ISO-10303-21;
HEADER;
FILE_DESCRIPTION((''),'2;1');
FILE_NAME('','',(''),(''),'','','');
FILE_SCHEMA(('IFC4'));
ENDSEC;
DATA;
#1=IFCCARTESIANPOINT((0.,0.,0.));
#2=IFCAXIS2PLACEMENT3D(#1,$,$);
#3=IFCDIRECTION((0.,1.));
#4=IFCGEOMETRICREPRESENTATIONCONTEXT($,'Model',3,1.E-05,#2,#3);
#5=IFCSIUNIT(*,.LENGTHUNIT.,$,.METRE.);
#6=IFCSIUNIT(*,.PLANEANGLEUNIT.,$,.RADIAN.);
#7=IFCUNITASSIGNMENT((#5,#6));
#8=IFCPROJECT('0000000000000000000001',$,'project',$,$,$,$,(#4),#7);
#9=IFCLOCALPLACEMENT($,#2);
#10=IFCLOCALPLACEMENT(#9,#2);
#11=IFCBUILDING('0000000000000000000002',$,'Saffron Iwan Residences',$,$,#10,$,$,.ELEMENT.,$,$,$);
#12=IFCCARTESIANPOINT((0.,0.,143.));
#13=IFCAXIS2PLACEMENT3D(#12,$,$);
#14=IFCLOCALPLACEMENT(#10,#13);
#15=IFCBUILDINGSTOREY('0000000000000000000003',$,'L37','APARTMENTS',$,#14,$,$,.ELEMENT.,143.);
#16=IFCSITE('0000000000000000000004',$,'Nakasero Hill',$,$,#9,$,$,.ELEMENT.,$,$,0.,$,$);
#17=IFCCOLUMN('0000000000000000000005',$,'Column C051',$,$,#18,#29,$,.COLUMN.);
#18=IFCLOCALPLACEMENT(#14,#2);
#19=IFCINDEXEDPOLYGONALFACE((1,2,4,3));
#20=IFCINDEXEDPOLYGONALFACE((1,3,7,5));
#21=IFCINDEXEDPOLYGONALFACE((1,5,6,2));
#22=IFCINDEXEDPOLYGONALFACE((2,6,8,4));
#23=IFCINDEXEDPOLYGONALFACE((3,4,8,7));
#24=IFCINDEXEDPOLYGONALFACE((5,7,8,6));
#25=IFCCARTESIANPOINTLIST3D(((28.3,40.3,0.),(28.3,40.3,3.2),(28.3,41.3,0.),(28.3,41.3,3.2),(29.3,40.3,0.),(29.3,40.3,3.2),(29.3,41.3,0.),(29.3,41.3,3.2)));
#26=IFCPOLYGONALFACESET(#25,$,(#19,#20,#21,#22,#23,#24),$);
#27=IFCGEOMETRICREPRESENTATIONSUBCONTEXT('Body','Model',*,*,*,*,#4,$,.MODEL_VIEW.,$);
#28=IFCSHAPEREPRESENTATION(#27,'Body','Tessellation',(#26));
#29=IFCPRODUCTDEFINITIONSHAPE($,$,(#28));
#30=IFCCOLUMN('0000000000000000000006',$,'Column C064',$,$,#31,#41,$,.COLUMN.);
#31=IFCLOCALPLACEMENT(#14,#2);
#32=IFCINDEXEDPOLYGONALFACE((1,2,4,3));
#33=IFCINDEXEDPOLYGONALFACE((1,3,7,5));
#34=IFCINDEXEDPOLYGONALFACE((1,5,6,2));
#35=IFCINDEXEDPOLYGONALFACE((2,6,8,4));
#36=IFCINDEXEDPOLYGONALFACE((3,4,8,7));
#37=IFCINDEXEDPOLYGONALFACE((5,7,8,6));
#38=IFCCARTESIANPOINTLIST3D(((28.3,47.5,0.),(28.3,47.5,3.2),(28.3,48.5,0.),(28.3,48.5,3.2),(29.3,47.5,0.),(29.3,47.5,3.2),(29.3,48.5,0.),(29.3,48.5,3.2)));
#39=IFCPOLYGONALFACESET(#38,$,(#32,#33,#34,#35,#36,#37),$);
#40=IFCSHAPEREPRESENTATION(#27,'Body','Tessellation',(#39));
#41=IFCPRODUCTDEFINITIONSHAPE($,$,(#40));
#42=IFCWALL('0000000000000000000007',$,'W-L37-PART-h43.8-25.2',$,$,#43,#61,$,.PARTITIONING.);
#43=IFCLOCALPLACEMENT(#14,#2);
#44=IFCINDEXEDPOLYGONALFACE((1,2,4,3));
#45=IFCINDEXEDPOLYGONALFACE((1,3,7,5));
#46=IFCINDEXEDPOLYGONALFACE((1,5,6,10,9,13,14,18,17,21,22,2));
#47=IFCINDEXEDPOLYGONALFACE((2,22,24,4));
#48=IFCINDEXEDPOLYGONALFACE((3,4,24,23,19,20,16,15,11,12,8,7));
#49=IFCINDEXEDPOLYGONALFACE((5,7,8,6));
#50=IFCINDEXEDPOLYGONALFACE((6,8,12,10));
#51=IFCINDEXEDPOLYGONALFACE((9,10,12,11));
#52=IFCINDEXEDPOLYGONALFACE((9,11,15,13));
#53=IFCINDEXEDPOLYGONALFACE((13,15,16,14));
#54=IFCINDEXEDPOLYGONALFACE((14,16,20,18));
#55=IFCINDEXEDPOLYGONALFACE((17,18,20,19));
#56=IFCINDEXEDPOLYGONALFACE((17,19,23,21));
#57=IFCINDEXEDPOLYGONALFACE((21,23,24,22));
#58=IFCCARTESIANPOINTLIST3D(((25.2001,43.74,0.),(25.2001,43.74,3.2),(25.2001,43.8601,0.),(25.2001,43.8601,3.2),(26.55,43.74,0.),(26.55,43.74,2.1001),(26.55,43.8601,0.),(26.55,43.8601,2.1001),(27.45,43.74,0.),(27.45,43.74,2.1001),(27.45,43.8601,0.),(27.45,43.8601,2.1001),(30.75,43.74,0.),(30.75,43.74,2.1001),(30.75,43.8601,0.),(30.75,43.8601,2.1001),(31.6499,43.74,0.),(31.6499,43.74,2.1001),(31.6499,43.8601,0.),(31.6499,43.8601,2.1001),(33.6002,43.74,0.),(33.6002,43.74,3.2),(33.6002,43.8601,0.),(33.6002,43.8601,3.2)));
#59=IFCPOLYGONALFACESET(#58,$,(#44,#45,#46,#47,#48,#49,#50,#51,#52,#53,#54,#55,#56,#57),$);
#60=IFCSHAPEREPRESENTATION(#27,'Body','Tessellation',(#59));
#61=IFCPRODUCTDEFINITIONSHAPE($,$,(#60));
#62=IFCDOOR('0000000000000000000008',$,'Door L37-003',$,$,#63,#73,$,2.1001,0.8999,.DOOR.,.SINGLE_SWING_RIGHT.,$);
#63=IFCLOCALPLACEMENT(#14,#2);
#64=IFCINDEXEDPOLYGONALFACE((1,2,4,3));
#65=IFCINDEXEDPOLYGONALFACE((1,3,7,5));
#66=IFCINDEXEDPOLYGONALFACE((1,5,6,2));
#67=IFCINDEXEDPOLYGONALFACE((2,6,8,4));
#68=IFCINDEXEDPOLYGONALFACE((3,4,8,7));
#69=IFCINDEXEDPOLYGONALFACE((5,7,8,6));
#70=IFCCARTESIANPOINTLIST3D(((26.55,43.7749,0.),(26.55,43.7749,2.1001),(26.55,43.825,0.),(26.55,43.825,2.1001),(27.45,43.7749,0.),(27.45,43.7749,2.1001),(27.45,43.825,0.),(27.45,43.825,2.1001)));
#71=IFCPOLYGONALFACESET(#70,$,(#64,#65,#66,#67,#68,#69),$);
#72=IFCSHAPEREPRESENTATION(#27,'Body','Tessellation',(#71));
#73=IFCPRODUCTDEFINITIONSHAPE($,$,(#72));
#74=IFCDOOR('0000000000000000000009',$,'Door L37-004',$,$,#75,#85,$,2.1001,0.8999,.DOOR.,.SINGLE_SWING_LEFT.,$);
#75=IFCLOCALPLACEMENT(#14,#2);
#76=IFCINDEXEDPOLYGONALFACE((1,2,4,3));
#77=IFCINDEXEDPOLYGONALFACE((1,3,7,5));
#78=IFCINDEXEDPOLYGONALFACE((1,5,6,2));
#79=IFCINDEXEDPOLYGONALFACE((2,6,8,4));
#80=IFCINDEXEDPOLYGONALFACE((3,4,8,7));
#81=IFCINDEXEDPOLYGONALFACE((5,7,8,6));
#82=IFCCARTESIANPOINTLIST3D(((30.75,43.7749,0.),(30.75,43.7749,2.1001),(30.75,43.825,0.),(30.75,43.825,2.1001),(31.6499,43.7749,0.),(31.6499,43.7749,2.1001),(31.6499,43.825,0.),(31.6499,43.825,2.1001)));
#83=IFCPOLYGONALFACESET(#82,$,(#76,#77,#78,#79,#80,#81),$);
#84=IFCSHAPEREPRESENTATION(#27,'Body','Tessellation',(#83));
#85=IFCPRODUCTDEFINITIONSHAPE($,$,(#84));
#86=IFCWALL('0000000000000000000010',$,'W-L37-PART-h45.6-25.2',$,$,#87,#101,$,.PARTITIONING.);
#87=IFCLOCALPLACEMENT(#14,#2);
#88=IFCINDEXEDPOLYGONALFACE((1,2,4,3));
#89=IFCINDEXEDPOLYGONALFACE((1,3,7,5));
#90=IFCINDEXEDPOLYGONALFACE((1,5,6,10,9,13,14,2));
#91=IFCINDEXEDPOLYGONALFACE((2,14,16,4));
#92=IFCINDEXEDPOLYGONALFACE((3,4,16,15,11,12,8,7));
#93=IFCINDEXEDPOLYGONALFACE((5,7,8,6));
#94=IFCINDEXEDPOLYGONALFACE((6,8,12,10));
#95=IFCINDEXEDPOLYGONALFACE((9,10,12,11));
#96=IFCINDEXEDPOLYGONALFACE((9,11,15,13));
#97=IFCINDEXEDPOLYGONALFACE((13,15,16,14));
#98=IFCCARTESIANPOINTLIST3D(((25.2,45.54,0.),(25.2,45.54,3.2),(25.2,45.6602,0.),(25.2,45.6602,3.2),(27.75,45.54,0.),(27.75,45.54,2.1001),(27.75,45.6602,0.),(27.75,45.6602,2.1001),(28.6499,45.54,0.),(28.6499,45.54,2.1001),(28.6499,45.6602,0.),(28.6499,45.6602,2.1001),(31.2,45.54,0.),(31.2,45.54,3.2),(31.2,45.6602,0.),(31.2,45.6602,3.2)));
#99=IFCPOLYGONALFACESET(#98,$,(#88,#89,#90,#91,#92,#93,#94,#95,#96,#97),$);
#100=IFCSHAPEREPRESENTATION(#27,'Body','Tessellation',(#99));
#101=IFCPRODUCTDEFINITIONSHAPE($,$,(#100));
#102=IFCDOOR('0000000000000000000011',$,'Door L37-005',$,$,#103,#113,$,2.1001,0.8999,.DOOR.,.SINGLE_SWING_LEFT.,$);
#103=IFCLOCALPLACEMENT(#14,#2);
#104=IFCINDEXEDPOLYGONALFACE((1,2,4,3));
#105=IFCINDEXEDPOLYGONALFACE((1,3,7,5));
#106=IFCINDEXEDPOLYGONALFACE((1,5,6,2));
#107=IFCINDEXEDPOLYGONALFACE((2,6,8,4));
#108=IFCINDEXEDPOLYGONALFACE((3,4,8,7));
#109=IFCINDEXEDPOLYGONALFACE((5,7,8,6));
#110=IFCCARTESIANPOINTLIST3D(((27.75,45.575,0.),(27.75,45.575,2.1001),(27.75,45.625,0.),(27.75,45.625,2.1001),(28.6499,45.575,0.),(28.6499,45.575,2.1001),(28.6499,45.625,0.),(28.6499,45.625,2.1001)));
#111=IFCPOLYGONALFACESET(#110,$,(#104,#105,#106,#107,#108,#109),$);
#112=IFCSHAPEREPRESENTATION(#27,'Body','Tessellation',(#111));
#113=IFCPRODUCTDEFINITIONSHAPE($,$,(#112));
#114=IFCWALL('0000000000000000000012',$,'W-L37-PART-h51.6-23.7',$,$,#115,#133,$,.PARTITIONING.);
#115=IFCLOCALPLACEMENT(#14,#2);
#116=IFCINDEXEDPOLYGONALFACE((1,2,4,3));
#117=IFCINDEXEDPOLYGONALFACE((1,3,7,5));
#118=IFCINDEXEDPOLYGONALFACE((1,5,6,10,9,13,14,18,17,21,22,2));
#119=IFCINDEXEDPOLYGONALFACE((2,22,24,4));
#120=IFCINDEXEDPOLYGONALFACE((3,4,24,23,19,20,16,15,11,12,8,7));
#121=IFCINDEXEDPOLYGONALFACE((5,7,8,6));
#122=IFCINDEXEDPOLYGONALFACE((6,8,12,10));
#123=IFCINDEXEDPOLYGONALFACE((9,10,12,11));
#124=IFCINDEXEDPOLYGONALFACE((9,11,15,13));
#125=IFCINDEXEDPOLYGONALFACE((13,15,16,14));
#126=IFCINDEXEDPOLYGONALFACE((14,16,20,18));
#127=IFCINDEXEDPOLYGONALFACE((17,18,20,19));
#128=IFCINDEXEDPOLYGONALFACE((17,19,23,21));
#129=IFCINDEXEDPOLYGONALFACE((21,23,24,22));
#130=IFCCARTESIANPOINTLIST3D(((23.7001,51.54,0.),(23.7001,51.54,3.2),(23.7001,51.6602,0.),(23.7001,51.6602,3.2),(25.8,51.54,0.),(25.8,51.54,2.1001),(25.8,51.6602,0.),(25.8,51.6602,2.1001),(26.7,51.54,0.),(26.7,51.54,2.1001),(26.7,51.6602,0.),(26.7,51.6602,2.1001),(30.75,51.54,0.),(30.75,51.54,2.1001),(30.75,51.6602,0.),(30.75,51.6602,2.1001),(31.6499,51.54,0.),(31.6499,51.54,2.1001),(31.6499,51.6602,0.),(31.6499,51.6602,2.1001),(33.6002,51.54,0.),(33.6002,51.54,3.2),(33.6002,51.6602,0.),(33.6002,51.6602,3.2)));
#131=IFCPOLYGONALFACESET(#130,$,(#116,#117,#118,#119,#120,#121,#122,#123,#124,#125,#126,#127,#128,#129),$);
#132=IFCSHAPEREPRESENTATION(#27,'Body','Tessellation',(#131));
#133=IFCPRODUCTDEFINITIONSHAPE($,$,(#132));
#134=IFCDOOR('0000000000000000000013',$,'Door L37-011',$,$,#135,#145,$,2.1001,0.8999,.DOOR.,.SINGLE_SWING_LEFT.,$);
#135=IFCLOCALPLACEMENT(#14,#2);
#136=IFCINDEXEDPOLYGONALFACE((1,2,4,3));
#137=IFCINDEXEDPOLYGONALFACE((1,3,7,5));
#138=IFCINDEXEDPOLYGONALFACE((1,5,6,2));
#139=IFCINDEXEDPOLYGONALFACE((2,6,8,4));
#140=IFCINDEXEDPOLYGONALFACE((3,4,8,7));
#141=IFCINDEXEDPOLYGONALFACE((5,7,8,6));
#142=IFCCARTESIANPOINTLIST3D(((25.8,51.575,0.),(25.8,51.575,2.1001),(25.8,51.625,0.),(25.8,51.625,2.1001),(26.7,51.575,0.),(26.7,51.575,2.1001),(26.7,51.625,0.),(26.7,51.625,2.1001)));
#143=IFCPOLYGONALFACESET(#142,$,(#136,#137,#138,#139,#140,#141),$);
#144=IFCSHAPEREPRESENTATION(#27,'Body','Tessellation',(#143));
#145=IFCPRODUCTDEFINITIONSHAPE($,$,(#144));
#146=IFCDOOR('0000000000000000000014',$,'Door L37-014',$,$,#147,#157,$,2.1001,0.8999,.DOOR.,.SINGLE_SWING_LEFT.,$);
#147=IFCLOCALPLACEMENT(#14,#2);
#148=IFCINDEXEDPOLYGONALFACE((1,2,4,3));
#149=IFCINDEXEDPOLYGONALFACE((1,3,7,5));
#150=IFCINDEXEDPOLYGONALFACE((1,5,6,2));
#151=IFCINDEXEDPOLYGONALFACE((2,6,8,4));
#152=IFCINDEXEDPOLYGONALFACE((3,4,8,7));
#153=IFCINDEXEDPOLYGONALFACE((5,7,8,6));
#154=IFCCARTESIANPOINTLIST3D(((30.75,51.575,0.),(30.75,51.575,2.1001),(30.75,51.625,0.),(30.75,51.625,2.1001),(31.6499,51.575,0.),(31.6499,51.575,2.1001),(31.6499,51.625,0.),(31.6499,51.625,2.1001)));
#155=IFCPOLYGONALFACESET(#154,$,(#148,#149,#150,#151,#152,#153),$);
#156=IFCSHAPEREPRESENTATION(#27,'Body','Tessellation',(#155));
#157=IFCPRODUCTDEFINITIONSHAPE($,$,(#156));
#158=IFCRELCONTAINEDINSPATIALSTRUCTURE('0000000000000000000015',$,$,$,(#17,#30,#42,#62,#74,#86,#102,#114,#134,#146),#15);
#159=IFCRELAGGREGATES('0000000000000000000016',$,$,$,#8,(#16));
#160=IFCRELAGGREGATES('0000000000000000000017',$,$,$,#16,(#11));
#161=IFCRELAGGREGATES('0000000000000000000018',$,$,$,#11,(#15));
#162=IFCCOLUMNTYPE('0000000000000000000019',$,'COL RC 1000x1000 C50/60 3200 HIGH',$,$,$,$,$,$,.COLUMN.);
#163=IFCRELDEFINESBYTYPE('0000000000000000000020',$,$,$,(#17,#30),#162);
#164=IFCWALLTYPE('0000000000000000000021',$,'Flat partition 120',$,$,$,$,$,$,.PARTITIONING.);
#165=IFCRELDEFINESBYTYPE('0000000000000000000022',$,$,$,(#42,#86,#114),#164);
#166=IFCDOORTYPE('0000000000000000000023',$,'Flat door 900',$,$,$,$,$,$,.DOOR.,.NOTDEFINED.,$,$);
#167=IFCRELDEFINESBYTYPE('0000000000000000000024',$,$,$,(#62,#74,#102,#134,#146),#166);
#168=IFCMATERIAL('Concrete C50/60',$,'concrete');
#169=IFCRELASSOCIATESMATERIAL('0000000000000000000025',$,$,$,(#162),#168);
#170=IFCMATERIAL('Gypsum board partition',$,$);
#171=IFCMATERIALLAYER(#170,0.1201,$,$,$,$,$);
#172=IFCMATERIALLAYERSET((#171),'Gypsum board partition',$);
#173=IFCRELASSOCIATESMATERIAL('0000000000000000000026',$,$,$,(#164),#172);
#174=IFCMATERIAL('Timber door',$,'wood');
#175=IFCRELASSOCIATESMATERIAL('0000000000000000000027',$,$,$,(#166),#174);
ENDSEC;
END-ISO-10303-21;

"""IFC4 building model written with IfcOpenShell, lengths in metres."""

from ifc_helpers import new_model, si_unit, direction, frame, frame_2d, origin, origin_2d, place, context, subcontext, project, spatial, rectangle, extrude, source, transform, mapped, material, layer, layer_set, material_profile, profile_set, type_object, element, fill, save


model = new_model("IFC4")

# Units and contexts
model_context = context("Model", 3, precision=1e-05, world=origin(), true_north=direction((0.0, 1.0)))
body_context = subcontext(model_context, "Body", "Model", "MODEL_VIEW")
ifc_project = project(units=[si_unit("LENGTHUNIT", "METRE"), si_unit("PLANEANGLEUNIT", "RADIAN")], contexts=[model_context])

# Site, building, storey
site_placement = place(None, origin())
site = spatial("IfcSite", under=ifc_project, at=site_placement, Name="Nakasero Hill", CompositionType="ELEMENT", RefElevation=0.0)
building_placement = place(site_placement, origin())
building = spatial("IfcBuilding", under=site, at=building_placement, Name="Saffron Iwan Residences", CompositionType="ELEMENT")
storey_placement = place(building_placement, frame((0.0, 0.0, 143.0)))
storey = spatial("IfcBuildingStorey", under=building, at=storey_placement, Name="L37", Description="APARTMENTS", CompositionType="ELEMENT", Elevation=143.0)

# Columns
ifc_material_1 = material(Name="Concrete C50/60", Category="concrete")
ifc_material_profile = material_profile(ifc_material_1, rectangle(XDim=1.0, YDim=1.0, at=origin_2d()), Name="RC 1000x1000")
ifc_profile_set = profile_set([ifc_material_profile], Name="Concrete C50/60")
column_type = type_object("IfcColumnType", Name="COL RC 1000x1000 C50/60 3200 HIGH", PredefinedType="COLUMN", material=ifc_profile_set)
shared_shape = source(origin(), body_context, "Body", "SweptSolid", [
    extrude(rectangle(XDim=1.0, YDim=1.0, at=origin_2d()), origin(), (0.0, 0.0, 1.0), 3.2),
])
for number, where, z_axis, x_axis, name in (
    (1, (28.8, 40.8, 0.0), (0.0, 0.0, 1.0), (1.0, 0.0, 0.0), "Column C051"),
    (2, (28.8, 48.0, 0.0), (0.0, 0.0, 1.0), (1.0, 0.0, 0.0), "Column C064"),
):
    element("IfcColumn", number, at=place(storey_placement, frame(where, z_axis=z_axis, x_axis=x_axis)), inside=storey, type_object=column_type, Name=name, PredefinedType="COLUMN", context=body_context, shape_type="MappedRepresentation", body=[
        mapped(shared_shape, transform((0.0, 0.0, 0.0))),
    ])

# Wall, openings, doors
ifc_material_2 = material(Name="Gypsum board partition")
ifc_layer = layer(ifc_material_2, 0.1201)
ifc_layer_set = layer_set([ifc_layer], Name="Gypsum board partition")
wall_type = type_object("IfcWallType", Name="Flat partition 120", PredefinedType="PARTITIONING", material=ifc_layer_set)
wall_1_placement = place(storey_placement, frame((25.2, 43.8, 0.0), z_axis=(0.0, 0.0, 1.0), x_axis=(1.0, 0.0, 0.0)))
wall_1 = element("IfcWall", 3, at=wall_1_placement, inside=storey, type_object=wall_type, Name="W-L37-PART-h43.8-25.2", PredefinedType="PARTITIONING", context=body_context, shape_type="SweptSolid", body=[
    extrude(rectangle(XDim=8.4001, YDim=0.1201, at=frame_2d((4.2002, 0.0))), origin(), (0.0, 0.0, 1.0), 3.2),
])
opening_1_placement = place(wall_1_placement, frame((1.3501, 0.0, 0.0)))
opening_1 = element("IfcOpeningElement", 4, at=opening_1_placement, cuts=wall_1, PredefinedType="OPENING", context=body_context, shape_type="SweptSolid", body=[
    extrude(rectangle(XDim=0.8999, YDim=2.1001, at=frame_2d((0.45, 1.05))), frame((0.0, 0.0701, 0.0), z_axis=(0.0, -1.0, 0.0), x_axis=(1.0, 0.0, 0.0)), (0.0, 0.0, 1.0), 0.1401),
])
opening_2_placement = place(wall_1_placement, frame((5.55, 0.0, 0.0)))
opening_2 = element("IfcOpeningElement", 5, at=opening_2_placement, cuts=wall_1, PredefinedType="OPENING", context=body_context, shape_type="SweptSolid", body=[
    extrude(rectangle(XDim=0.8999, YDim=2.1001, at=frame_2d((0.45, 1.05))), frame((0.0, 0.0701, 0.0), z_axis=(0.0, -1.0, 0.0), x_axis=(1.0, 0.0, 0.0)), (0.0, 0.0, 1.0), 0.1401),
])
ifc_material_3 = material(Name="Timber door", Category="wood")
door_type_1 = type_object("IfcDoorType", Name="Flat door 900", OperationType="NOTDEFINED", PredefinedType="DOOR", material=ifc_material_3)
door_1_placement = place(opening_1_placement, origin())
door_1 = element("IfcDoor", 6, at=door_1_placement, inside=storey, type_object=door_type_1, Name="Door L37-003", OperationType="SINGLE_SWING_RIGHT", OverallHeight=2.1001, OverallWidth=0.8999, PredefinedType="DOOR", context=body_context, shape_type="SweptSolid", body=[
    extrude(rectangle(XDim=0.8999, YDim=2.1001, at=frame_2d((0.45, 1.05))), frame((0.0, 0.0249, 0.0), z_axis=(0.0, -1.0, 0.0), x_axis=(1.0, 0.0, 0.0)), (0.0, 0.0, 1.0), 0.05),
])
fill(opening_1, door_1)
door_2_placement = place(opening_2_placement, origin())
door_2 = element("IfcDoor", 7, at=door_2_placement, inside=storey, type_object=door_type_1, Name="Door L37-004", OperationType="SINGLE_SWING_LEFT", OverallHeight=2.1001, OverallWidth=0.8999, PredefinedType="DOOR", context=body_context, shape_type="SweptSolid", body=[
    extrude(rectangle(XDim=0.8999, YDim=2.1001, at=frame_2d((0.45, 1.05))), frame((0.0, 0.0249, 0.0), z_axis=(0.0, -1.0, 0.0), x_axis=(1.0, 0.0, 0.0)), (0.0, 0.0, 1.0), 0.05),
])
fill(opening_2, door_2)

# Wall, opening, door
wall_2_placement = place(storey_placement, frame((25.2, 45.6001, 0.0), z_axis=(0.0, 0.0, 1.0), x_axis=(1.0, 0.0, 0.0)))
wall_2 = element("IfcWall", 8, at=wall_2_placement, inside=storey, type_object=wall_type, Name="W-L37-PART-h45.6-25.2", PredefinedType="PARTITIONING", context=body_context, shape_type="SweptSolid", body=[
    extrude(rectangle(XDim=6.0, YDim=0.1201, at=frame_2d((3.0, 0.0))), origin(), (0.0, 0.0, 1.0), 3.2),
])
opening_3_placement = place(wall_2_placement, frame((2.55, 0.0, 0.0)))
opening_3 = element("IfcOpeningElement", 9, at=opening_3_placement, cuts=wall_2, PredefinedType="OPENING", context=body_context, shape_type="SweptSolid", body=[
    extrude(rectangle(XDim=0.8999, YDim=2.1001, at=frame_2d((0.45, 1.05))), frame((0.0, 0.0701, 0.0), z_axis=(0.0, -1.0, 0.0), x_axis=(1.0, 0.0, 0.0)), (0.0, 0.0, 1.0), 0.1401),
])
door_3_placement = place(opening_3_placement, origin())
door_3 = element("IfcDoor", 10, at=door_3_placement, inside=storey, type_object=door_type_1, Name="Door L37-005", OperationType="SINGLE_SWING_LEFT", OverallHeight=2.1001, OverallWidth=0.8999, PredefinedType="DOOR", context=body_context, shape_type="SweptSolid", body=[
    extrude(rectangle(XDim=0.8999, YDim=2.1001, at=frame_2d((0.45, 1.05))), frame((0.0, 0.0249, 0.0), z_axis=(0.0, -1.0, 0.0), x_axis=(1.0, 0.0, 0.0)), (0.0, 0.0, 1.0), 0.05),
])
fill(opening_3, door_3)

# Wall, openings, doors
wall_3_placement = place(storey_placement, frame((23.7, 51.6001, 0.0), z_axis=(0.0, 0.0, 1.0), x_axis=(1.0, 0.0, 0.0)))
wall_3 = element("IfcWall", 11, at=wall_3_placement, inside=storey, type_object=wall_type, Name="W-L37-PART-h51.6-23.7", PredefinedType="PARTITIONING", context=body_context, shape_type="SweptSolid", body=[
    extrude(rectangle(XDim=9.9001, YDim=0.1201, at=frame_2d((4.9502, 0.0))), origin(), (0.0, 0.0, 1.0), 3.2),
])
opening_4_placement = place(wall_3_placement, frame((2.1001, 0.0, 0.0)))
opening_4 = element("IfcOpeningElement", 12, at=opening_4_placement, cuts=wall_3, PredefinedType="OPENING", context=body_context, shape_type="SweptSolid", body=[
    extrude(rectangle(XDim=0.8999, YDim=2.1001, at=frame_2d((0.45, 1.05))), frame((0.0, 0.0701, 0.0), z_axis=(0.0, -1.0, 0.0), x_axis=(1.0, 0.0, 0.0)), (0.0, 0.0, 1.0), 0.1401),
])
opening_5_placement = place(wall_3_placement, frame((7.05, 0.0, 0.0)))
opening_5 = element("IfcOpeningElement", 13, at=opening_5_placement, cuts=wall_3, PredefinedType="OPENING", context=body_context, shape_type="SweptSolid", body=[
    extrude(rectangle(XDim=0.8999, YDim=2.1001, at=frame_2d((0.45, 1.05))), frame((0.0, 0.0701, 0.0), z_axis=(0.0, -1.0, 0.0), x_axis=(1.0, 0.0, 0.0)), (0.0, 0.0, 1.0), 0.1401),
])
door_4_placement = place(opening_4_placement, origin())
door_4 = element("IfcDoor", 14, at=door_4_placement, inside=storey, type_object=door_type_1, Name="Door L37-011", OperationType="SINGLE_SWING_LEFT", OverallHeight=2.1001, OverallWidth=0.8999, PredefinedType="DOOR", context=body_context, shape_type="SweptSolid", body=[
    extrude(rectangle(XDim=0.8999, YDim=2.1001, at=frame_2d((0.45, 1.05))), frame((0.0, 0.0249, 0.0), z_axis=(0.0, -1.0, 0.0), x_axis=(1.0, 0.0, 0.0)), (0.0, 0.0, 1.0), 0.05),
])
fill(opening_4, door_4)
door_5_placement = place(opening_5_placement, origin())
door_5 = element("IfcDoor", 15, at=door_5_placement, inside=storey, type_object=door_type_1, Name="Door L37-014", OperationType="SINGLE_SWING_LEFT", OverallHeight=2.1001, OverallWidth=0.8999, PredefinedType="DOOR", context=body_context, shape_type="SweptSolid", body=[
    extrude(rectangle(XDim=0.8999, YDim=2.1001, at=frame_2d((0.45, 1.05))), frame((0.0, 0.0249, 0.0), z_axis=(0.0, -1.0, 0.0), x_axis=(1.0, 0.0, 0.0)), (0.0, 0.0, 1.0), 0.05),
])
fill(opening_5, door_5)

save(model, "model.ifc")
